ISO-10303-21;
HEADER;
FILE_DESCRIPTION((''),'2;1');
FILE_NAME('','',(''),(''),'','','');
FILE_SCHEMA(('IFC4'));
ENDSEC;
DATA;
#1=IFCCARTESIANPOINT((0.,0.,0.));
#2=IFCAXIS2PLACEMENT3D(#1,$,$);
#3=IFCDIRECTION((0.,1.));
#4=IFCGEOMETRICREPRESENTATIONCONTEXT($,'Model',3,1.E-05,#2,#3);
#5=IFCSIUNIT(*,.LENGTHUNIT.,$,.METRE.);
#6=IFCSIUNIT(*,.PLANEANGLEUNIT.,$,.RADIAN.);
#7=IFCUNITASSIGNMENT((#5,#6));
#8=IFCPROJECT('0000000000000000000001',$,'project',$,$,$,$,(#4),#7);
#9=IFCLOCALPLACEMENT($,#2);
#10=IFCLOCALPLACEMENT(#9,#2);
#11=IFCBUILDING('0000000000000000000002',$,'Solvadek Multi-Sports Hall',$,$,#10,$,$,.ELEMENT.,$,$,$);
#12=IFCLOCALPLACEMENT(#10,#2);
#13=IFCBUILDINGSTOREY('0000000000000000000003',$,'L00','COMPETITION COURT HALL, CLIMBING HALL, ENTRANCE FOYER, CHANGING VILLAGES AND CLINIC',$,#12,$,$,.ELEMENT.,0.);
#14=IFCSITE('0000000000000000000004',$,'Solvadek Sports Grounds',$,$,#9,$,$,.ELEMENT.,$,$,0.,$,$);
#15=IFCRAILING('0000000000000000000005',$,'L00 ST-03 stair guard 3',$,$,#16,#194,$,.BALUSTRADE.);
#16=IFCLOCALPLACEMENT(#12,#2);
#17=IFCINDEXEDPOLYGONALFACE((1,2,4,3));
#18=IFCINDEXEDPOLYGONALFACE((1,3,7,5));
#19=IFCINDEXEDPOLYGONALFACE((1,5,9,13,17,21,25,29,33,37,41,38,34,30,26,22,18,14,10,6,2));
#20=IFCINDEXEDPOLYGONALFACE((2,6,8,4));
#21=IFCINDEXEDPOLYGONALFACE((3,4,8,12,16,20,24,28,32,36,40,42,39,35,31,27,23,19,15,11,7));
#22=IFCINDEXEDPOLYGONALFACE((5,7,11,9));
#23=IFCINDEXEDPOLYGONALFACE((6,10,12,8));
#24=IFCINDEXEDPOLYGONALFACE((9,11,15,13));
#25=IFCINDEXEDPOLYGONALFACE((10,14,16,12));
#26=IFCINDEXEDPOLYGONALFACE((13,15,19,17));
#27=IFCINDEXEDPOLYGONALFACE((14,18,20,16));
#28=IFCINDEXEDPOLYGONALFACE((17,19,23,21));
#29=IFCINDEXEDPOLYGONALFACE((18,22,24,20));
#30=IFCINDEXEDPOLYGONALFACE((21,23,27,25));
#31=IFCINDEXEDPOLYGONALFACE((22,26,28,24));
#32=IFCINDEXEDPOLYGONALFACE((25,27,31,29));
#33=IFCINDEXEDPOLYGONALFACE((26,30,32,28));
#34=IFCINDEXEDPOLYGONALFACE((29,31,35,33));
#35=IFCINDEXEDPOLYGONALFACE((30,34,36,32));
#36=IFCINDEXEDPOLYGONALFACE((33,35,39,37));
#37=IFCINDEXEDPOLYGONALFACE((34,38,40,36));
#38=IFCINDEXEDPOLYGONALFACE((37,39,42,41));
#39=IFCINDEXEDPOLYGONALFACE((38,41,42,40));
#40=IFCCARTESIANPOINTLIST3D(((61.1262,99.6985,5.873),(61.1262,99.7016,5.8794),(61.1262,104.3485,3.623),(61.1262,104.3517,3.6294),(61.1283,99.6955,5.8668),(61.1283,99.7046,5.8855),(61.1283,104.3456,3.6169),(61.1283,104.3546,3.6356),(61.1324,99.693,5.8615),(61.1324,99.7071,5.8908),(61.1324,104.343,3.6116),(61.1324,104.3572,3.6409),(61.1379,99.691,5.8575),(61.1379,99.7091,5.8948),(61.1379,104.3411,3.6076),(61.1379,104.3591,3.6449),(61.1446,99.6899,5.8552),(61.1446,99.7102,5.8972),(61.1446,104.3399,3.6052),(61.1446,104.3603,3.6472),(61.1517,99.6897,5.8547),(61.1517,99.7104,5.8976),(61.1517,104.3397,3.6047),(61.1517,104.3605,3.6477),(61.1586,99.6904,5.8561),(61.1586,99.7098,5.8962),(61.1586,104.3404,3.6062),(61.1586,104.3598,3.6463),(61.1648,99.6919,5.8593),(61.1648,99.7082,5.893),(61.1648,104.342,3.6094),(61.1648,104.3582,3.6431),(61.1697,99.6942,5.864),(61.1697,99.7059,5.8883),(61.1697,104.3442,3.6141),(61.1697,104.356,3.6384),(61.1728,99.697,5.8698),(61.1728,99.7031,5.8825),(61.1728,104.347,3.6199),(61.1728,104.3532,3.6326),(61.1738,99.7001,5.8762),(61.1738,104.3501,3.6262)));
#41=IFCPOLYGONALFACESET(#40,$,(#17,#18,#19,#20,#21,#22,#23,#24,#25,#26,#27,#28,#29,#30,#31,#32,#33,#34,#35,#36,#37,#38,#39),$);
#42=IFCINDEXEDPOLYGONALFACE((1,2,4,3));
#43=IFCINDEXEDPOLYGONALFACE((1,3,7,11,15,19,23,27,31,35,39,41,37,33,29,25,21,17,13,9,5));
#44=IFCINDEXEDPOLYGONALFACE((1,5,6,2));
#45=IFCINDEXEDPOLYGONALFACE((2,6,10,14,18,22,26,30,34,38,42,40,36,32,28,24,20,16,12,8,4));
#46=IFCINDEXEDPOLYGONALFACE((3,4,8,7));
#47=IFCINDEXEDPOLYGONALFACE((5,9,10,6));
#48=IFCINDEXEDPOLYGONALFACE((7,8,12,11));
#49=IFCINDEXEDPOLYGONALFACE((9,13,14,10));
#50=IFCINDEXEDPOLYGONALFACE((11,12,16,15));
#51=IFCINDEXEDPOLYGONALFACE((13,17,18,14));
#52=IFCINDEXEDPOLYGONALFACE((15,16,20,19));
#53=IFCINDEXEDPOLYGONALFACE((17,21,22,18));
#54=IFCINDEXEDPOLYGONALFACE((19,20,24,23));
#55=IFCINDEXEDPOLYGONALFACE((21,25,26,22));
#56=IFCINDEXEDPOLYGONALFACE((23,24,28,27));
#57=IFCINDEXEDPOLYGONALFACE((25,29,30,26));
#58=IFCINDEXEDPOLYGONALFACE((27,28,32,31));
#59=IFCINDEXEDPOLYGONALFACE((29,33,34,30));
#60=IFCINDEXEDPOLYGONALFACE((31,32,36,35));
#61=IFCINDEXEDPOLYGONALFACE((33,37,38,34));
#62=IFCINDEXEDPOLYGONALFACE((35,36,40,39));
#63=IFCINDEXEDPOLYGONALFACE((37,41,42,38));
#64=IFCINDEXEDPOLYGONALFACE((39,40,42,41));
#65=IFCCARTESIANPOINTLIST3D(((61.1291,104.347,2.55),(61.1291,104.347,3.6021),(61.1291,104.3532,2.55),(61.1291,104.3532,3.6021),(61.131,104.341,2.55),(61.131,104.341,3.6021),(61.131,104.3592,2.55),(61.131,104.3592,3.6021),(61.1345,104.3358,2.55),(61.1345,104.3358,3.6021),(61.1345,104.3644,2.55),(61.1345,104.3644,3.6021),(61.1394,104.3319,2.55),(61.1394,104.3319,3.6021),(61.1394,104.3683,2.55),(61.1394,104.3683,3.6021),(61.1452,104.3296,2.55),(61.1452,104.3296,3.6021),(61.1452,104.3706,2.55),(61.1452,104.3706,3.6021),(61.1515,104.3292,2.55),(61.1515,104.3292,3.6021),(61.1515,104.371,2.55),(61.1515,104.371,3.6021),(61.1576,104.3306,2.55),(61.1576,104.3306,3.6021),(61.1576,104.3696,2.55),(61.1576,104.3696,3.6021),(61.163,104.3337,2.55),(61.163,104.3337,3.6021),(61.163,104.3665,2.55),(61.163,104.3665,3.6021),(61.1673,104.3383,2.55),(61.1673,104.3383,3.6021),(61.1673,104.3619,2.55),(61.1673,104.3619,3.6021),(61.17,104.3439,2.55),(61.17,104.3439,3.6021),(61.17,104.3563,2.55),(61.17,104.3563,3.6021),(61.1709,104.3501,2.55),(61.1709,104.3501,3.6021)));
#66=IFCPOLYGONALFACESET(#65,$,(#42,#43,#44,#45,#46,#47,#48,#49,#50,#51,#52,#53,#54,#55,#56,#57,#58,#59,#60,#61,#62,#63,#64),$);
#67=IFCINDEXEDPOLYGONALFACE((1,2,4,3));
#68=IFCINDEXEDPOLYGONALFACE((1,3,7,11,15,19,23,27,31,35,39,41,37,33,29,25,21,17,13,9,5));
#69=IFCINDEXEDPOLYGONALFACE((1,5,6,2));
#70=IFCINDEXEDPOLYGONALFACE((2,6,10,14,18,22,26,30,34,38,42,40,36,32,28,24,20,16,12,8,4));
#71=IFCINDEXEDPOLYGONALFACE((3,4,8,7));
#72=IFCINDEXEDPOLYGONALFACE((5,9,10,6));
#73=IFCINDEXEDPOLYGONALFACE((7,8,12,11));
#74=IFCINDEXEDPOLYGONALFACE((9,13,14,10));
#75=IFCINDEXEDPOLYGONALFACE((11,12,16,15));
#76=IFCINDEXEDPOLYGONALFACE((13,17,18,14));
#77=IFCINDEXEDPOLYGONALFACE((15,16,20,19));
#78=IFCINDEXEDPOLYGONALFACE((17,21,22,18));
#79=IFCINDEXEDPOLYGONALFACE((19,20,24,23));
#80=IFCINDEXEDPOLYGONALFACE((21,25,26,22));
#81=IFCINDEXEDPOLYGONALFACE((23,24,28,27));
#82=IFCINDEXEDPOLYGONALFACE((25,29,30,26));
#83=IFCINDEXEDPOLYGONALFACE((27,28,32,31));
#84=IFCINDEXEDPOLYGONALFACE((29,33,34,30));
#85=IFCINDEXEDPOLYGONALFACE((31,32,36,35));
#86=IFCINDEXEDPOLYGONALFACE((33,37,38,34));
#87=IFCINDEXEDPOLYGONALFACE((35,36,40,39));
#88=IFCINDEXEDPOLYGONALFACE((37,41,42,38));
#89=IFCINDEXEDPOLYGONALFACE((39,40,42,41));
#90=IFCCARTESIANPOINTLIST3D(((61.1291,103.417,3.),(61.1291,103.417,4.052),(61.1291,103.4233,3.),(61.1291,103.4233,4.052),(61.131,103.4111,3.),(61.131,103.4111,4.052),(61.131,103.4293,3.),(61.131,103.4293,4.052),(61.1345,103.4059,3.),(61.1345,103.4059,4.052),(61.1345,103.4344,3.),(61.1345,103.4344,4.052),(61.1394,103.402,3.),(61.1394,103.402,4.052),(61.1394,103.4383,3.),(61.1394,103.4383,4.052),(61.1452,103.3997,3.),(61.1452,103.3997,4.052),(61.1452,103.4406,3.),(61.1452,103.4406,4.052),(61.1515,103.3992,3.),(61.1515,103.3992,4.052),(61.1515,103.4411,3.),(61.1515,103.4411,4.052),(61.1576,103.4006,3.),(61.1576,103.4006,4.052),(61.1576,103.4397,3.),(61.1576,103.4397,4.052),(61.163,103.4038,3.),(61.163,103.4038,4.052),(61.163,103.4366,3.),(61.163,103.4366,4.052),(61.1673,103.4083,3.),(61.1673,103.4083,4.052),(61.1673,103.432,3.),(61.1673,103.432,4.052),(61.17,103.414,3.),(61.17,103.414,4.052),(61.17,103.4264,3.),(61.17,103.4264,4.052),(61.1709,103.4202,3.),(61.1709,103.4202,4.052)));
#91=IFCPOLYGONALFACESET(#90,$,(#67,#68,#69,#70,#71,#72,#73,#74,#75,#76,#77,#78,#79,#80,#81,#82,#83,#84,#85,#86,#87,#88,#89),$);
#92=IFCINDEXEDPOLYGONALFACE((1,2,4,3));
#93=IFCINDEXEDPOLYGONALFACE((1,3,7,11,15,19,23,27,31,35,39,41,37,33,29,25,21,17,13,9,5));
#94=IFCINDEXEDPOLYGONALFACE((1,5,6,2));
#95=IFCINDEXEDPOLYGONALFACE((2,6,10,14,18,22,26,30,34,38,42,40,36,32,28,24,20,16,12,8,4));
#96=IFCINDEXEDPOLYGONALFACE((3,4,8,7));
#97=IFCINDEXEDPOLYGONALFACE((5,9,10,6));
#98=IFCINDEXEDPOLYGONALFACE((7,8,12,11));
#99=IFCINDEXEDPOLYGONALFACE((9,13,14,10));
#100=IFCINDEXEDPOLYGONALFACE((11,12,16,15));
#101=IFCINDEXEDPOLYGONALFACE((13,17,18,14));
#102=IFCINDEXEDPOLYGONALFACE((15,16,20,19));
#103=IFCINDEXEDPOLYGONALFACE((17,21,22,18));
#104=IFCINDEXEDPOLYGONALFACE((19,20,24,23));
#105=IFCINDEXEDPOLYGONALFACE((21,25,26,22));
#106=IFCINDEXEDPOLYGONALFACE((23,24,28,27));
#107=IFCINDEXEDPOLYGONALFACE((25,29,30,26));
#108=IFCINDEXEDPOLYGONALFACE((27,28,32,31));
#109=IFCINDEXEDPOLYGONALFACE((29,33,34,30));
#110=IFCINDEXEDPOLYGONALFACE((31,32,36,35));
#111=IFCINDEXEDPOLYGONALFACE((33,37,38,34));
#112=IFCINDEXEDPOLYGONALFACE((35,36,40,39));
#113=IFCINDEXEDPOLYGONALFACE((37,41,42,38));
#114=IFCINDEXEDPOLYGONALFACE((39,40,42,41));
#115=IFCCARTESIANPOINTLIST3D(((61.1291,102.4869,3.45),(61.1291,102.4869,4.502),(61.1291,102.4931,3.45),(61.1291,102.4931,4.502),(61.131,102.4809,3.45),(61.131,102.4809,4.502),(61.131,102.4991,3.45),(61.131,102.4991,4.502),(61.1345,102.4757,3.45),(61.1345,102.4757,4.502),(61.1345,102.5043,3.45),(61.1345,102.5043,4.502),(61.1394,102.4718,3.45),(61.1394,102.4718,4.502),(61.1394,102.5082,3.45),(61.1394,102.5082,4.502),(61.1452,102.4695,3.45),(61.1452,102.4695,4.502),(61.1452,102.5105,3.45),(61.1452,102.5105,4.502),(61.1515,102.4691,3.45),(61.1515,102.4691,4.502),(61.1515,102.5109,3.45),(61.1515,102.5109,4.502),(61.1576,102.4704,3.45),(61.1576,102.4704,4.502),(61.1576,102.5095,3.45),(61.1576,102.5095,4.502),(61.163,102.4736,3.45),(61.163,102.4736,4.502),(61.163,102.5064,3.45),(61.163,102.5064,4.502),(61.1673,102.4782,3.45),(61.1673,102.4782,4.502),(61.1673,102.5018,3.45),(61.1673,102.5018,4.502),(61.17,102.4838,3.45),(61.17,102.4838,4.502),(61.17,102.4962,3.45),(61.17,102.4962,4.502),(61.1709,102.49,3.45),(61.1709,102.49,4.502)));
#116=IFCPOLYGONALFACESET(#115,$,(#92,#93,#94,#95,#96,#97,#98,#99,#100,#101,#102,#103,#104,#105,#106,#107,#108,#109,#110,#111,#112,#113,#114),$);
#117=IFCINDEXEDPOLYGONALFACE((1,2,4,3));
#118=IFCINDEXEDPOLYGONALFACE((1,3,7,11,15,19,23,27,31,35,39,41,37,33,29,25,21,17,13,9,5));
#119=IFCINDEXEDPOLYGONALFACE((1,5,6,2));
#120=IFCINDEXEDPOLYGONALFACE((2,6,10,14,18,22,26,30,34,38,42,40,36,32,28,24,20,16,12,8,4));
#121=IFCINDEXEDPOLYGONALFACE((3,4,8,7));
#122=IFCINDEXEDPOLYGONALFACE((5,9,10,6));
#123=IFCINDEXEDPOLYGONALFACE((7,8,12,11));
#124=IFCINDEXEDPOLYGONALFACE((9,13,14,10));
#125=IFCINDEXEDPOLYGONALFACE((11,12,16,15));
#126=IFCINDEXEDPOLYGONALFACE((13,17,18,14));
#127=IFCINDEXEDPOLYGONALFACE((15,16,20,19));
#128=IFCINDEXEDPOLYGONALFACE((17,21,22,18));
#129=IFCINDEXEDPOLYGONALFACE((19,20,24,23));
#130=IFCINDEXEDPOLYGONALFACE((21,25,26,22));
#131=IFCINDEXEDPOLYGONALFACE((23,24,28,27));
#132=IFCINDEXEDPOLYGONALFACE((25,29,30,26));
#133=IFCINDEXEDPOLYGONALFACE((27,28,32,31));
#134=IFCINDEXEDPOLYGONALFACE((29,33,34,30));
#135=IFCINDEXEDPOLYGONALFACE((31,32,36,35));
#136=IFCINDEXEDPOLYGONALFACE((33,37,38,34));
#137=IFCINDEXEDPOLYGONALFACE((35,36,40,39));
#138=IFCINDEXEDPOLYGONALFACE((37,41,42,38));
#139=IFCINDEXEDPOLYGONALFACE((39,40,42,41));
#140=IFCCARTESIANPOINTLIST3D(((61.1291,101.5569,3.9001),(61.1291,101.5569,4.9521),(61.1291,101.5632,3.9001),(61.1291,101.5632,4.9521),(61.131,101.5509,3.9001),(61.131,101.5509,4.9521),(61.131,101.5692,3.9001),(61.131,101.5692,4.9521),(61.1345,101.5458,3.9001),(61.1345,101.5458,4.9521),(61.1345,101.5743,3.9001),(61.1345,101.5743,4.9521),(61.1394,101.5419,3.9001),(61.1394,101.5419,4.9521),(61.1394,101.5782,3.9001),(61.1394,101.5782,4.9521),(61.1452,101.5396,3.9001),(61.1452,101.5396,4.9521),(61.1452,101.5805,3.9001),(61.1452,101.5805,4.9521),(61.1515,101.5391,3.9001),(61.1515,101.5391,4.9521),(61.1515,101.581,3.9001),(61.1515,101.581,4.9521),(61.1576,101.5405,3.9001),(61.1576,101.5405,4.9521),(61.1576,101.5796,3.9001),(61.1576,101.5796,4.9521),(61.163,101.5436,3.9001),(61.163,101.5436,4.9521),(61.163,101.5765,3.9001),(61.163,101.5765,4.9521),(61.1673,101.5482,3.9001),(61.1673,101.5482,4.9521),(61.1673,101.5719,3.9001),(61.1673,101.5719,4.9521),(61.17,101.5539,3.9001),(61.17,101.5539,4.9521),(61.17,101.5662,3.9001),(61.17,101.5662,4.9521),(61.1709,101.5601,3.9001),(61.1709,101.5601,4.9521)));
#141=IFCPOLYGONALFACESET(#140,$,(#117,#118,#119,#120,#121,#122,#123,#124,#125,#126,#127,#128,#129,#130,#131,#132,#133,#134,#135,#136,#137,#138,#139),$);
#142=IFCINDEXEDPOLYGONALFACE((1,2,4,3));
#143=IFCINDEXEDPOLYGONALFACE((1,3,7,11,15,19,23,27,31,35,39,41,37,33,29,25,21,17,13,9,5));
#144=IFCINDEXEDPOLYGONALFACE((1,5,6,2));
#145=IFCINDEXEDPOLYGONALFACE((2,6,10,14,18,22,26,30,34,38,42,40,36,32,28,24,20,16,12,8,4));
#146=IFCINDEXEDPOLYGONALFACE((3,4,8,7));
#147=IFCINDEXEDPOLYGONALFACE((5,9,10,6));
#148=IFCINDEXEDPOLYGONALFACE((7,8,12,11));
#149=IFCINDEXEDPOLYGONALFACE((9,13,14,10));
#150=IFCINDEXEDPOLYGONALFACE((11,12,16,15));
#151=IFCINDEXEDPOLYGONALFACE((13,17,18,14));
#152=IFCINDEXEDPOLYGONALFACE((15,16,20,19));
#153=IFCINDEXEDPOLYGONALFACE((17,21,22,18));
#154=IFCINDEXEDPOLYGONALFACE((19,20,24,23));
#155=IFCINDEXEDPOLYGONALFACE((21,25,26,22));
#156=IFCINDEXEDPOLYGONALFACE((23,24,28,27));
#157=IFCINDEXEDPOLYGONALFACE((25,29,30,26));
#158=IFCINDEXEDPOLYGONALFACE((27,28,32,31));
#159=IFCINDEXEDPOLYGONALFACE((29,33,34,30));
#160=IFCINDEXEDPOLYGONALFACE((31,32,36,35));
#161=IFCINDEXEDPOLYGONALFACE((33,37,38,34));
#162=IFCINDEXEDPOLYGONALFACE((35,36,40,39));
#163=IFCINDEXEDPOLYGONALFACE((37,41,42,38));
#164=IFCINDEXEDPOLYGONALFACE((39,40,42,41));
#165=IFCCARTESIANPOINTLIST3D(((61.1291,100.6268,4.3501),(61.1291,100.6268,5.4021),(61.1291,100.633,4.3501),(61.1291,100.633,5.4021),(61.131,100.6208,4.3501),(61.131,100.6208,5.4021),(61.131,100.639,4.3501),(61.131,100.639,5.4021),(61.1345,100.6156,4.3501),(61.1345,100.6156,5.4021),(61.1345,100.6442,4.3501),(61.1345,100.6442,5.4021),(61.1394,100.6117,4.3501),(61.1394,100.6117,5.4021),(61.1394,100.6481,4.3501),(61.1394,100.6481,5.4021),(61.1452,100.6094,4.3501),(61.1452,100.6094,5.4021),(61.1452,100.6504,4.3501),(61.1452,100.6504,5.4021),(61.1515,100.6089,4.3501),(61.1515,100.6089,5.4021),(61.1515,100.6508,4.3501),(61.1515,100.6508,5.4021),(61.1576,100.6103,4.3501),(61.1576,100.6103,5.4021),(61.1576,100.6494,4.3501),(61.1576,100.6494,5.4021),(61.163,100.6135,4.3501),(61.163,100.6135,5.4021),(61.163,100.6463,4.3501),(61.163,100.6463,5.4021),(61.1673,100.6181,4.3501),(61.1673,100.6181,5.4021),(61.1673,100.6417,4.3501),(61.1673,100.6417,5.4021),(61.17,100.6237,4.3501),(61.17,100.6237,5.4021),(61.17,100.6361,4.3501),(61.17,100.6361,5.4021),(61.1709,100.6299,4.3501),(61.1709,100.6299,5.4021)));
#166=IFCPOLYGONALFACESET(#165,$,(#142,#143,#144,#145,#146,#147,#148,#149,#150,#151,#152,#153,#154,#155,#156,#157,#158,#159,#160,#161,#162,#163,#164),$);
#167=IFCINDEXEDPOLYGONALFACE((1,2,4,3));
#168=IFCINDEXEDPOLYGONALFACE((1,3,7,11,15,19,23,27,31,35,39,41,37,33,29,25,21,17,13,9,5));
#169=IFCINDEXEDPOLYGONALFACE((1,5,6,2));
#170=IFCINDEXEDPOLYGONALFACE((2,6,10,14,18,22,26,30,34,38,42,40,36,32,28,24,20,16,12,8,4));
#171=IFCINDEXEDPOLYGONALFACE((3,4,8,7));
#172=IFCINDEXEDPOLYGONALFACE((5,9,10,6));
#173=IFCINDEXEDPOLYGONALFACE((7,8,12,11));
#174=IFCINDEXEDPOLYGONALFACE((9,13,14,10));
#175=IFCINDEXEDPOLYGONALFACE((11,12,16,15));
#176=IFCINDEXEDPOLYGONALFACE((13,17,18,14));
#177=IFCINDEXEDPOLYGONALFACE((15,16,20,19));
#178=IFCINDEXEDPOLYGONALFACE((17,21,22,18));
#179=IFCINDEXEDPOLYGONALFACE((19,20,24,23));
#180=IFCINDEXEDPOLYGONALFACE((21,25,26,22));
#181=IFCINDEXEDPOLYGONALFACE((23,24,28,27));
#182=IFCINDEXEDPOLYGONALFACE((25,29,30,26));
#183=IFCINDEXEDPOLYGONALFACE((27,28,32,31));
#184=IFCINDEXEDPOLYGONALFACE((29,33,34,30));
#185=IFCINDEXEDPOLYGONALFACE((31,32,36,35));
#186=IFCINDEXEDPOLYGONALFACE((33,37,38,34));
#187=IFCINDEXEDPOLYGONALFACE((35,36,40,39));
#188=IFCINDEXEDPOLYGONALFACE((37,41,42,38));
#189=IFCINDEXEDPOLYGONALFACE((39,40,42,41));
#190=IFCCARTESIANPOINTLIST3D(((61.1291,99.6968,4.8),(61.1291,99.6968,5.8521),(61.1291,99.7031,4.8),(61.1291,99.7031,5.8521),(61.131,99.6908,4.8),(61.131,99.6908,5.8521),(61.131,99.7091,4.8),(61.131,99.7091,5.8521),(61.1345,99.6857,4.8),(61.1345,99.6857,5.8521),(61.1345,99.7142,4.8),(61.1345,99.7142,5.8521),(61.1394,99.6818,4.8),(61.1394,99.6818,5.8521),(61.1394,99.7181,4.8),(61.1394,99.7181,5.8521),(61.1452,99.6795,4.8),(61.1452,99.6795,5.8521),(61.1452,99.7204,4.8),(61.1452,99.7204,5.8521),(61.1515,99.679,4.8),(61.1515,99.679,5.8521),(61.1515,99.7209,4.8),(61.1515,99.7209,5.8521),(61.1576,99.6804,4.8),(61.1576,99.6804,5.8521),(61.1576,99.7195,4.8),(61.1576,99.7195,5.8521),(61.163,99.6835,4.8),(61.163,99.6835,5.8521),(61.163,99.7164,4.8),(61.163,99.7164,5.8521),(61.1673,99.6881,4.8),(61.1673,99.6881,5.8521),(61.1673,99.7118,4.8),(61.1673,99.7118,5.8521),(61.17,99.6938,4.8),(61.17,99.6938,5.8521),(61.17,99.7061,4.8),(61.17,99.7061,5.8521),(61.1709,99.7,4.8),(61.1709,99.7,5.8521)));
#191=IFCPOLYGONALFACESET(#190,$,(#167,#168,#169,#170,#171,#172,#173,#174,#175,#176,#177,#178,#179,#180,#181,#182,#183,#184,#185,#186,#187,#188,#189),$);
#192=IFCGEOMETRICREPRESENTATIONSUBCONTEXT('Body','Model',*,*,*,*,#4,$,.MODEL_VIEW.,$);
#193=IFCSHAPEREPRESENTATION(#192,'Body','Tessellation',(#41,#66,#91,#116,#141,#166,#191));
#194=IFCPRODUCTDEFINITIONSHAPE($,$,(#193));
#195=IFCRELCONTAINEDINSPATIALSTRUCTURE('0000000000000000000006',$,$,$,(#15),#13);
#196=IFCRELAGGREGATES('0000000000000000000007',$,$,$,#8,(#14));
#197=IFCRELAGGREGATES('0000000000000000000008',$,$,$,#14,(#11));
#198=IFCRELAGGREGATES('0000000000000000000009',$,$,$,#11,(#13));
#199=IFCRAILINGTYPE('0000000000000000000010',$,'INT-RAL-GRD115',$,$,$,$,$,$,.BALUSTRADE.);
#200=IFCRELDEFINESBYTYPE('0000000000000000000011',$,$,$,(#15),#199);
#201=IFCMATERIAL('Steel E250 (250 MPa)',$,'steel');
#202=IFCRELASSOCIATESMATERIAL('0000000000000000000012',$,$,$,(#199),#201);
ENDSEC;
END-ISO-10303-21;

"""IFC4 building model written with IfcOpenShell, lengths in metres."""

from ifc_helpers import new_model, si_unit, direction, frame, origin, origin_2d, place, context, subcontext, project, spatial, circle, extrude, material, type_object, element, save


model = new_model("IFC4")

# Units and contexts
model_context = context("Model", 3, precision=1e-05, world=origin(), true_north=direction((0.0, 1.0)))
body_context = subcontext(model_context, "Body", "Model", "MODEL_VIEW")
ifc_project = project(units=[si_unit("LENGTHUNIT", "METRE"), si_unit("PLANEANGLEUNIT", "RADIAN")], contexts=[model_context])

# Site, building, storey
site_placement = place(None, origin())
site = spatial("IfcSite", under=ifc_project, at=site_placement, Name="Solvadek Sports Grounds", CompositionType="ELEMENT", RefElevation=0.0)
building_placement = place(site_placement, origin())
building = spatial("IfcBuilding", under=site, at=building_placement, Name="Solvadek Multi-Sports Hall", CompositionType="ELEMENT")
storey_placement = place(building_placement, origin())
storey = spatial("IfcBuildingStorey", under=building, at=storey_placement, Name="L00", Description="COMPETITION COURT HALL, CLIMBING HALL, ENTRANCE FOYER, CHANGING VILLAGES AND CLINIC", CompositionType="ELEMENT", Elevation=0.0)

# Shared definitions
ifc_material_1 = material(Name="Steel E250 (250 MPa)", Category="steel")

# Railing
railing_type_1 = type_object("IfcRailingType", Name="INT-RAL-GRD115", PredefinedType="BALUSTRADE", material=ifc_material_1)
railing_1_placement = place(storey_placement, frame((61.1499, 104.3501, 2.55)))
element("IfcRailing", 1, at=railing_1_placement, inside=storey, type_object=railing_type_1, Name="L00 ST-03 stair guard 3", PredefinedType="BALUSTRADE", context=body_context, shape_type="SweptSolid", body=[
    extrude(circle(Radius=0.0239, at=origin_2d()), frame((0.0, 0.0, 1.0762), z_axis=(0.0, -0.900165, 0.43555), x_axis=(1.0, 0.0, 0.0)), (0.0, 0.0, 1.0), 5.1658),
    extrude(circle(Radius=0.021, at=origin_2d()), origin(), (0.0, 0.0, 1.0), 1.052),
    extrude(circle(Radius=0.021, at=origin_2d()), frame((0.0, -0.9299, 0.45)), (0.0, 0.0, 1.0), 1.052),
    extrude(circle(Radius=0.021, at=origin_2d()), frame((0.0, -1.8601, 0.8999)), (0.0, 0.0, 1.0), 1.052),
    extrude(circle(Radius=0.021, at=origin_2d()), frame((0.0, -2.79, 1.3501)), (0.0, 0.0, 1.0), 1.052),
    extrude(circle(Radius=0.021, at=origin_2d()), frame((0.0, -3.7202, 1.8)), (0.0, 0.0, 1.0), 1.052),
    extrude(circle(Radius=0.021, at=origin_2d()), frame((0.0, -4.6501, 2.25)), (0.0, 0.0, 1.0), 1.052),
])

save(model, "model.ifc")
